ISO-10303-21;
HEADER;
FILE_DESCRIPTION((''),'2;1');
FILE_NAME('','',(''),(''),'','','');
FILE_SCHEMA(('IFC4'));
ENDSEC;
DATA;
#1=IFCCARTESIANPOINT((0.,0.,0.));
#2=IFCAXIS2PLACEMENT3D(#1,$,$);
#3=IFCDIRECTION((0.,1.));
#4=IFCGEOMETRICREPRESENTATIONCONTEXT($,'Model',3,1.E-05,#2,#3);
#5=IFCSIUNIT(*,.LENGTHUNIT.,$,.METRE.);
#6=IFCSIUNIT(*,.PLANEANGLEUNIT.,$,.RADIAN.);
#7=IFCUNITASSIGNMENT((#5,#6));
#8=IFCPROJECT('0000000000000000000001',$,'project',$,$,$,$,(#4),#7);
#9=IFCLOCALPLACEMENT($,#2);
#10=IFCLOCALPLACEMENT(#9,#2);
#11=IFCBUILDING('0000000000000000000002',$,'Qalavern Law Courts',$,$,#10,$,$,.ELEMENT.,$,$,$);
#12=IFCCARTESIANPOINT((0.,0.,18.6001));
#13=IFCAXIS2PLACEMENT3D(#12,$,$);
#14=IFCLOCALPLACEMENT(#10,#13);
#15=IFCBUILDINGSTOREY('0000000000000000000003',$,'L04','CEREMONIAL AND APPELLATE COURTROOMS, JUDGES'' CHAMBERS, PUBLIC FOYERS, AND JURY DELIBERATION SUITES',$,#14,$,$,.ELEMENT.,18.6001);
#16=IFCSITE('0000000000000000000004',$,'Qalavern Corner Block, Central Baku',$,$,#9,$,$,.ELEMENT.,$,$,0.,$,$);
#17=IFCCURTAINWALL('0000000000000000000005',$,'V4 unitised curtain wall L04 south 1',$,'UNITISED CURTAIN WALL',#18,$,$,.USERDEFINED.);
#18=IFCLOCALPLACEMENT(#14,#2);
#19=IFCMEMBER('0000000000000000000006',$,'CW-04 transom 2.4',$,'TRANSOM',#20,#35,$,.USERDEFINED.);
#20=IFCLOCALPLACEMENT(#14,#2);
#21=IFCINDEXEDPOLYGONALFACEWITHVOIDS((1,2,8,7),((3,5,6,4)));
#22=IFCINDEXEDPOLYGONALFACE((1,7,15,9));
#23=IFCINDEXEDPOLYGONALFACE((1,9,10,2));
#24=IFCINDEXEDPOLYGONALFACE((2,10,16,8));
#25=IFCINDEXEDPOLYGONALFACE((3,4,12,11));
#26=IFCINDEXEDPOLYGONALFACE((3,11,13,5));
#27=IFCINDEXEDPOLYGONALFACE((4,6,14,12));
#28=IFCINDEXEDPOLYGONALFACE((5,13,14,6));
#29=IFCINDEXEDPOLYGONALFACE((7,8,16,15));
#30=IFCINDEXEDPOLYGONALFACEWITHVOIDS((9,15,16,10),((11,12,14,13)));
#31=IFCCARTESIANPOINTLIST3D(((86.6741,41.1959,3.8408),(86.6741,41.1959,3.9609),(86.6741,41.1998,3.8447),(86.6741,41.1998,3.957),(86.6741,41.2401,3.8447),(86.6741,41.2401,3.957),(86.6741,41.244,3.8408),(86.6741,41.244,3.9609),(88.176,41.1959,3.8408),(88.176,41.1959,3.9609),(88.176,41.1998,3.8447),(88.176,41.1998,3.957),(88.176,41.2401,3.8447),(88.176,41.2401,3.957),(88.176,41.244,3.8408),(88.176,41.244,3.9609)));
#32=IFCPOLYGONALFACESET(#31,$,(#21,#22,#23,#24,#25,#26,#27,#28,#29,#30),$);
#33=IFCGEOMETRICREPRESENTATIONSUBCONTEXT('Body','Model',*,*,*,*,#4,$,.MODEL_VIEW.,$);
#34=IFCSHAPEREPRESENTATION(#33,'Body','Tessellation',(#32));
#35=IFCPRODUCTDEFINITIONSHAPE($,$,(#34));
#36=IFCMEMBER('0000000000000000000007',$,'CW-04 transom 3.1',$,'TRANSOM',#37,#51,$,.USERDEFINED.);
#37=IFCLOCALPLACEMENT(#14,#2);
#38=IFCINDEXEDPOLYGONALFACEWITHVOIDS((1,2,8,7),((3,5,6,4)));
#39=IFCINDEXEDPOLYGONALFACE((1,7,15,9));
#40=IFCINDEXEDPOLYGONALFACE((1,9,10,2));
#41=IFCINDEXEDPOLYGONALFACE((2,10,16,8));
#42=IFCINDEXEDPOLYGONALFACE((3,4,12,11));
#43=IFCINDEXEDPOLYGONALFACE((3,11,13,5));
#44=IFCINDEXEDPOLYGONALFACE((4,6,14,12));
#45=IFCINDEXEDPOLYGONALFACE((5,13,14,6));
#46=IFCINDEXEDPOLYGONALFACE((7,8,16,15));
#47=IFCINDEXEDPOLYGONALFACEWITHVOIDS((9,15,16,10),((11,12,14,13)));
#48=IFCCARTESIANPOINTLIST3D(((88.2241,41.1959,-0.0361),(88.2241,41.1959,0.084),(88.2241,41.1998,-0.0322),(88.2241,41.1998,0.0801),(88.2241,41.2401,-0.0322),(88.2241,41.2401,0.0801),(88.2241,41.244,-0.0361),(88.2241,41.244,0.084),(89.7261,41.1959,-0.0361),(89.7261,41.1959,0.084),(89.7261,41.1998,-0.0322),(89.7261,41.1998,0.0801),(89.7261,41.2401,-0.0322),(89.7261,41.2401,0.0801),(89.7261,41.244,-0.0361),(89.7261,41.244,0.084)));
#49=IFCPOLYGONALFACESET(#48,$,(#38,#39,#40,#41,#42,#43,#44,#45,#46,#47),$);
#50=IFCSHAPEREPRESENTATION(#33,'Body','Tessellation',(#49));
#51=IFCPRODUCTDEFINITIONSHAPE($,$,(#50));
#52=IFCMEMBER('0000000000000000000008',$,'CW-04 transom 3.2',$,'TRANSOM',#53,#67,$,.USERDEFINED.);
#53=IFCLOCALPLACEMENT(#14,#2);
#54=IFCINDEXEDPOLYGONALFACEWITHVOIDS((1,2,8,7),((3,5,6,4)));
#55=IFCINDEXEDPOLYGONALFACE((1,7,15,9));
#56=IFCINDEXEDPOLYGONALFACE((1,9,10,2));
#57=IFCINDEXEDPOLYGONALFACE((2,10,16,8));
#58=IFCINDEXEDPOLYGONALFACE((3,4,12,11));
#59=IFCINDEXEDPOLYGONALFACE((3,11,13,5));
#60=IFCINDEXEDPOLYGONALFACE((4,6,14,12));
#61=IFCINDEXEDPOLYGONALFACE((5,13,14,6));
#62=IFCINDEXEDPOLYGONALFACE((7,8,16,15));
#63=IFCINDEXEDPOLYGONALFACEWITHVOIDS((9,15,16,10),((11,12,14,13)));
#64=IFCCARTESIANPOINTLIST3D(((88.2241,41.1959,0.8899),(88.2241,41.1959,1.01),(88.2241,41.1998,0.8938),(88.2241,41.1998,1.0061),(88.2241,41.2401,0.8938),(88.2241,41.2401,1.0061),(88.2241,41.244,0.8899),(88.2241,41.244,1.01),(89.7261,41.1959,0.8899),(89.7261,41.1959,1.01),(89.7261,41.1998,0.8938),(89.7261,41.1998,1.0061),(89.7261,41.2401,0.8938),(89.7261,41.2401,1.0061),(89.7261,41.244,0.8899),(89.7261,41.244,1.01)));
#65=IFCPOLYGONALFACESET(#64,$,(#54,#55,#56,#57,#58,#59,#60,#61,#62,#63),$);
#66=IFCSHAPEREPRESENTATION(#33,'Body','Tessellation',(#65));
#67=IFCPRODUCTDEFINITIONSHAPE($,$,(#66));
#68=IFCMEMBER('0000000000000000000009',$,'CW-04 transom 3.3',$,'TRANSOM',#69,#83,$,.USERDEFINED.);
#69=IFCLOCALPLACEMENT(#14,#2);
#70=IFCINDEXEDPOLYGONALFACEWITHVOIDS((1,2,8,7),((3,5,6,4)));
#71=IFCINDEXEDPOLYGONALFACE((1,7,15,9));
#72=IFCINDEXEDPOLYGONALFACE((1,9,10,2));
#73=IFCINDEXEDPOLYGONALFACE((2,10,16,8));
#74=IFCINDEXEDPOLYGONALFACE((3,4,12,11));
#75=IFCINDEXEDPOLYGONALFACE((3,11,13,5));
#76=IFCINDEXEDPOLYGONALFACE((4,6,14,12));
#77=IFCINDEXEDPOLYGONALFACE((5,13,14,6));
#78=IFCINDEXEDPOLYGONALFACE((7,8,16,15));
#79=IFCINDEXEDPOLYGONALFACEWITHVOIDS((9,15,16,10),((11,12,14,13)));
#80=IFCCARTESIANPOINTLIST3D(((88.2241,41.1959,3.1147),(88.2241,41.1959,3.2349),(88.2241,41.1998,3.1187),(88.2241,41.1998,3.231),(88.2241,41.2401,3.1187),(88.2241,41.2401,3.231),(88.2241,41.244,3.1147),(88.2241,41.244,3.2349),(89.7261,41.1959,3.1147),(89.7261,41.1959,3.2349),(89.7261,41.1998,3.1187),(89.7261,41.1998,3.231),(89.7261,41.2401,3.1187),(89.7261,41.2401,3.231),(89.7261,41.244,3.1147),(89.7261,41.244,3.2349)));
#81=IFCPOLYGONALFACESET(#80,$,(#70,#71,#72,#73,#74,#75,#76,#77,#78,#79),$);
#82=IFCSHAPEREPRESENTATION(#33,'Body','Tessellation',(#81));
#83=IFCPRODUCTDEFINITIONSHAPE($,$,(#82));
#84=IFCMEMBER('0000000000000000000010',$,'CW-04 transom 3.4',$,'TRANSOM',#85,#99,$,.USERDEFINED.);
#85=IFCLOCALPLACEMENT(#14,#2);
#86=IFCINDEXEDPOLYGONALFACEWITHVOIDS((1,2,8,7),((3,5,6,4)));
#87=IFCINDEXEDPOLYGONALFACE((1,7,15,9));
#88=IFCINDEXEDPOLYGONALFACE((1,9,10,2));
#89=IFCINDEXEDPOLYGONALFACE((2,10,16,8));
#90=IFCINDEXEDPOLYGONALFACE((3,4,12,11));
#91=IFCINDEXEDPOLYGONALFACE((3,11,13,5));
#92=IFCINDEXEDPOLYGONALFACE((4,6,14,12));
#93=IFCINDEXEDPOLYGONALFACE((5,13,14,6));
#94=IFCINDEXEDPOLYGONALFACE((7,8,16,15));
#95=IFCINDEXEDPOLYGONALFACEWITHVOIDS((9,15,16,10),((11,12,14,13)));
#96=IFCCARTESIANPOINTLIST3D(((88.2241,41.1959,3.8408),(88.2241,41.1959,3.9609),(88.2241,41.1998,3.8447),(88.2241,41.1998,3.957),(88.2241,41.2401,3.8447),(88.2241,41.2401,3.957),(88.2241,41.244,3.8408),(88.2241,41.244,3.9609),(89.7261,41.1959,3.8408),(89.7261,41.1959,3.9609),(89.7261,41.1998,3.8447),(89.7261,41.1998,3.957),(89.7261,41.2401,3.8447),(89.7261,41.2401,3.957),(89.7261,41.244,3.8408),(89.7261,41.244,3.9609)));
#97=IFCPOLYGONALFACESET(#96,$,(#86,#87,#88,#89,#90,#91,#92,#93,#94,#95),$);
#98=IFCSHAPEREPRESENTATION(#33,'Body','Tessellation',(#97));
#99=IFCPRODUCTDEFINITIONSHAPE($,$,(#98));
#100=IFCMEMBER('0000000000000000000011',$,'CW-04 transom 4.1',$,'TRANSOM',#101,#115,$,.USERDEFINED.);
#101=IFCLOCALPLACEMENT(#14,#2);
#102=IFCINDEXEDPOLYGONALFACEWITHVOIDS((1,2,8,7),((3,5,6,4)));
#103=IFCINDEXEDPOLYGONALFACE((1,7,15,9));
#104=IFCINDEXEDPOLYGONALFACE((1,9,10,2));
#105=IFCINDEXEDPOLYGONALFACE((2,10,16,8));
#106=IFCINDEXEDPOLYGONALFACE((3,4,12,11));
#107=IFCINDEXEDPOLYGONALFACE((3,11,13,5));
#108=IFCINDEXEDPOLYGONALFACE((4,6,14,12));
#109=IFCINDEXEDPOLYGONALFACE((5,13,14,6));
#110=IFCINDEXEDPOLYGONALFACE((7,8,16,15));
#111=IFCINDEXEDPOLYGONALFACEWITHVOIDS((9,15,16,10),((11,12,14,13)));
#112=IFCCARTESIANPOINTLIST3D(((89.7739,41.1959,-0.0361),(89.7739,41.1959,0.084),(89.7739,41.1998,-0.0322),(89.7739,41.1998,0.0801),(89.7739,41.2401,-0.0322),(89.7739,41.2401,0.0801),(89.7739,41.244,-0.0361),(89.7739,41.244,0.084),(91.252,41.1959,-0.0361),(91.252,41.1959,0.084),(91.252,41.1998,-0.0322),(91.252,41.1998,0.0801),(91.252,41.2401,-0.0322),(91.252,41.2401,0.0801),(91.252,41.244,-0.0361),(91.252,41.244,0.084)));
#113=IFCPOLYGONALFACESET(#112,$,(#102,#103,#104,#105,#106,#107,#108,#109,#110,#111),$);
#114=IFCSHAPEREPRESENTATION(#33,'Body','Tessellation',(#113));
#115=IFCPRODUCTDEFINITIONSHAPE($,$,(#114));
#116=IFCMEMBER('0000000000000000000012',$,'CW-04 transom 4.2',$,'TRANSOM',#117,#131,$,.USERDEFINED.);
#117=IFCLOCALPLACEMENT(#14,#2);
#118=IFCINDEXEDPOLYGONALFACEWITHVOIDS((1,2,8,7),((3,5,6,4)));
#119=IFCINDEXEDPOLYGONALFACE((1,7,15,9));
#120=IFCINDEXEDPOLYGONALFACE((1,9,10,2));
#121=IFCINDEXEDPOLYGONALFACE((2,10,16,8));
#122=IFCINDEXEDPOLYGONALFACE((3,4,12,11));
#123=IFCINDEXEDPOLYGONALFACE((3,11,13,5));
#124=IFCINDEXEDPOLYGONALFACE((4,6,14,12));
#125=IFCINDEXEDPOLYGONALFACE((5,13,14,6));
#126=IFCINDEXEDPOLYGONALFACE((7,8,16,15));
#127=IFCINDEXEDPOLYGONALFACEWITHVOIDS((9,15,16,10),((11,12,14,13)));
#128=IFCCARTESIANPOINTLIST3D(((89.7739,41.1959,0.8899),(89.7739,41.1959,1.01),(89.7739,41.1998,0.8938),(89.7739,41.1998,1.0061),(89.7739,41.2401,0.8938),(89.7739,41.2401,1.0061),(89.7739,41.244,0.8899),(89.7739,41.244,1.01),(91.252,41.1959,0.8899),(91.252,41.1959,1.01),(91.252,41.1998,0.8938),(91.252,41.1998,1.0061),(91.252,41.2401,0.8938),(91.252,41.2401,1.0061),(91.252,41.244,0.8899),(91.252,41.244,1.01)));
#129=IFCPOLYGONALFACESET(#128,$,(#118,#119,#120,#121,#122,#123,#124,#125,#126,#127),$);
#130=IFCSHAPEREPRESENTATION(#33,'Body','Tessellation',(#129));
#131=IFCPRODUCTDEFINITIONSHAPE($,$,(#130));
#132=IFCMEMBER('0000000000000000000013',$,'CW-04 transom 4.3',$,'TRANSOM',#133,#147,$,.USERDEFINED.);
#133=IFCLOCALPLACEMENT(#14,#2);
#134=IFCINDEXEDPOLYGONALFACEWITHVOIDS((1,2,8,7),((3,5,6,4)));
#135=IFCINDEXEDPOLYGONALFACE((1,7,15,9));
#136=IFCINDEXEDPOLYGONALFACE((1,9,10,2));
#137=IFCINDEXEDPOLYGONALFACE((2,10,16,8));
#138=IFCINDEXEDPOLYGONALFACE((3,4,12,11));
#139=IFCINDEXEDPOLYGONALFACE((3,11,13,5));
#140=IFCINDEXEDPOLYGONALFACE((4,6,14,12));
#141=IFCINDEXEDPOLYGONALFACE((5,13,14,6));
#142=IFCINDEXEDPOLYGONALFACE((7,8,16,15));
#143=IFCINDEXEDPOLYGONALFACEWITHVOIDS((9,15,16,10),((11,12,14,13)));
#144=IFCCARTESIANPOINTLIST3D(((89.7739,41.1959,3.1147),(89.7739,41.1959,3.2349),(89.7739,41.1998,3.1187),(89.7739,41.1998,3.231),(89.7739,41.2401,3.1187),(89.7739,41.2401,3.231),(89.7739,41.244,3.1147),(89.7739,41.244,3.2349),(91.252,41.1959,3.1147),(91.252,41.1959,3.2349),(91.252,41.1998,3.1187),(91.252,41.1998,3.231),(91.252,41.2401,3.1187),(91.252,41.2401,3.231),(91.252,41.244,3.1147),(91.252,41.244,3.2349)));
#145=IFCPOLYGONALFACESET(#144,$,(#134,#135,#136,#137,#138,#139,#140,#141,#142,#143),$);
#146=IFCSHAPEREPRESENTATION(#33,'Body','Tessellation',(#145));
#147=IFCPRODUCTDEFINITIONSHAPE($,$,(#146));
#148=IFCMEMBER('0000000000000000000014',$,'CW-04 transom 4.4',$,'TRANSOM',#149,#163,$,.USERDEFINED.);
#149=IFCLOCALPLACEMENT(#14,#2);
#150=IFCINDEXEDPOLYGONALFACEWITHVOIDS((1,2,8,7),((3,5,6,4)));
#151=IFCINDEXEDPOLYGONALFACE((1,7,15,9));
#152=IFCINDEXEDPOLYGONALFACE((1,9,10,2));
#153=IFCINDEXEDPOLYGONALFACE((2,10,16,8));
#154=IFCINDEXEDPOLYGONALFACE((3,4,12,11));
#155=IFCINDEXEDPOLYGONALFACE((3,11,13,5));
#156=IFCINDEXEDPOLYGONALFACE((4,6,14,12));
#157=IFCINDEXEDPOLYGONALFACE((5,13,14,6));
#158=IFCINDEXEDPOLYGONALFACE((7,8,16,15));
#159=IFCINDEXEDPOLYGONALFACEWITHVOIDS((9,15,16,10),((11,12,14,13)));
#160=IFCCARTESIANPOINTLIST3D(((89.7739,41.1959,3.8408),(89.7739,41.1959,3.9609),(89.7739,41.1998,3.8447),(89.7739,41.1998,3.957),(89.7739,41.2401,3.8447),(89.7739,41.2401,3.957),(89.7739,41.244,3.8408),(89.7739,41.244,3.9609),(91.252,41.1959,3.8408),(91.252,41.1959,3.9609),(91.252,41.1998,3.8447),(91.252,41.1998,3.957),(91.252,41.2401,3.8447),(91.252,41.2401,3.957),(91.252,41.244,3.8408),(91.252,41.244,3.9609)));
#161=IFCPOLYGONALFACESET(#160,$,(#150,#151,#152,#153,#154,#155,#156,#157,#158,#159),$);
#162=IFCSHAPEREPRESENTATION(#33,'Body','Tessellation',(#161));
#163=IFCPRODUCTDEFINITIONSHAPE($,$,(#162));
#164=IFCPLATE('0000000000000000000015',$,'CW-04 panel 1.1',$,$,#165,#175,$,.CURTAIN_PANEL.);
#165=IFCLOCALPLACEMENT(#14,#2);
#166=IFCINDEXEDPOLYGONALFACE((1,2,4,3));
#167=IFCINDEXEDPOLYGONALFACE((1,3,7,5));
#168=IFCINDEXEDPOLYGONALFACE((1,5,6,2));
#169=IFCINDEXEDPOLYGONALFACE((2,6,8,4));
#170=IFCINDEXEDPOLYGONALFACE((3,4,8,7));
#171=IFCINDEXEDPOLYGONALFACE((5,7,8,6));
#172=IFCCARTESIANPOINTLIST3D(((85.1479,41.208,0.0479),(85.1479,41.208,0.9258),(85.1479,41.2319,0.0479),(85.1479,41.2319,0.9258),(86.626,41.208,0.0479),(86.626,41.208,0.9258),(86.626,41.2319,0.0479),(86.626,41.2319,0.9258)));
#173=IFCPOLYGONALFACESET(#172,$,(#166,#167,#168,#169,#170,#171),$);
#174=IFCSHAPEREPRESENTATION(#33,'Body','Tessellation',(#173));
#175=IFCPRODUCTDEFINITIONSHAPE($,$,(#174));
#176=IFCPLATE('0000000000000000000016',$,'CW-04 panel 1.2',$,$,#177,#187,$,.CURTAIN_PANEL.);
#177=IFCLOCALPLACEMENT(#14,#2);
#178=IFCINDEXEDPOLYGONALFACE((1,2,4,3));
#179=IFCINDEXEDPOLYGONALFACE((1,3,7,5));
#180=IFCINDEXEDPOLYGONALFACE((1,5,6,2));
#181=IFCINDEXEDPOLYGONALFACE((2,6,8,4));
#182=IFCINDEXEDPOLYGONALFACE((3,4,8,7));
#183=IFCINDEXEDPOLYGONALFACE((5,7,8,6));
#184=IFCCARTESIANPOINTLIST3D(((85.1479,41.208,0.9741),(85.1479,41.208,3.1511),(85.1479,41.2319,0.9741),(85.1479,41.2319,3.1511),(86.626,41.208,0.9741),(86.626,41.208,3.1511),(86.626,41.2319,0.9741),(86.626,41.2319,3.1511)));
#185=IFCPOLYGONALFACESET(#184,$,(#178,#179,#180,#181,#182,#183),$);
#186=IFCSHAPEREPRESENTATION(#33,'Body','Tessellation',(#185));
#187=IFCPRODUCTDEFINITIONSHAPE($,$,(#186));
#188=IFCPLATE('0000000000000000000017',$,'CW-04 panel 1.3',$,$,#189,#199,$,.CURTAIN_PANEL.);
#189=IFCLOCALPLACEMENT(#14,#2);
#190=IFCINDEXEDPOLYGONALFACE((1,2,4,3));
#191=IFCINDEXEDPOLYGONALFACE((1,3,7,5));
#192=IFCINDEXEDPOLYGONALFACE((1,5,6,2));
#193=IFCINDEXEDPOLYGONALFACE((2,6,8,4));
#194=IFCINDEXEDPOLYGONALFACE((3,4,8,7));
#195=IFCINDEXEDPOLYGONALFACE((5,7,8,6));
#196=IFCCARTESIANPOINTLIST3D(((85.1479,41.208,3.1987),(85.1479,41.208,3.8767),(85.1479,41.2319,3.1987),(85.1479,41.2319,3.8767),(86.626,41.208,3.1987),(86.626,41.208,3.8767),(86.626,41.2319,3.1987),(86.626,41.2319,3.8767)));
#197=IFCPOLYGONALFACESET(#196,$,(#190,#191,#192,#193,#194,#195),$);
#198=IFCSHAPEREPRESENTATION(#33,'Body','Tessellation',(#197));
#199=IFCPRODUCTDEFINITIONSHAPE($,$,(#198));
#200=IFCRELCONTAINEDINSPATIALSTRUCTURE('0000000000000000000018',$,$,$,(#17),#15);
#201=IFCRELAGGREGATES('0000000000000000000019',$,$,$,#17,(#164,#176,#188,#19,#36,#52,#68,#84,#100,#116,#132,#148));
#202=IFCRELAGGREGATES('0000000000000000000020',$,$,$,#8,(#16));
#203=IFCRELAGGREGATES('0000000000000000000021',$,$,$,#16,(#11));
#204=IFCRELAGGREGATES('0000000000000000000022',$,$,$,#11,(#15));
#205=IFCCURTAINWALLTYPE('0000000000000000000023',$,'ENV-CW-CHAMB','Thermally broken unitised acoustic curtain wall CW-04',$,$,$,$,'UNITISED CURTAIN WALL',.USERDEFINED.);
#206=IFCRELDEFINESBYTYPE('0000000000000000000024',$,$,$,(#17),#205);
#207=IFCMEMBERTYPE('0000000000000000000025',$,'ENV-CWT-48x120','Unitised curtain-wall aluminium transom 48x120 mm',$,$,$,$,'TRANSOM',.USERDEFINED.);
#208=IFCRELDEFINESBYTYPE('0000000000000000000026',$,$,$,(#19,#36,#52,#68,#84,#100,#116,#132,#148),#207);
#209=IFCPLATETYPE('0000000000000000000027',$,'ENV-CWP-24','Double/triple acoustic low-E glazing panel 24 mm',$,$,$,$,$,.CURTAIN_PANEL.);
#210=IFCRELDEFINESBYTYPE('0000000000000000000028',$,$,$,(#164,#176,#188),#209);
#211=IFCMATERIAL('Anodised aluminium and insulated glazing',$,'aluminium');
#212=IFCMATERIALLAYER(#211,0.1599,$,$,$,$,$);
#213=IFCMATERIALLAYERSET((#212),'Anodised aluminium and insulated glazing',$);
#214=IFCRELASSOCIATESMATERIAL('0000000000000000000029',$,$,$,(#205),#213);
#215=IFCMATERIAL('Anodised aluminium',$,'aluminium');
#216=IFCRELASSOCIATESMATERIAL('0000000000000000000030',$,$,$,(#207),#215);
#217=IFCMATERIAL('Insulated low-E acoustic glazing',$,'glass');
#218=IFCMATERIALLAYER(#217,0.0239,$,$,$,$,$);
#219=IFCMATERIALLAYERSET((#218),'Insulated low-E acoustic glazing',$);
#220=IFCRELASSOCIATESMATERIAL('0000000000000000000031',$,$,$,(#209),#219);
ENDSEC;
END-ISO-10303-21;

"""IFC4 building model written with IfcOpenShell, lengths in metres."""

from ifc_helpers import new_model, si_unit, direction, frame, origin, origin_2d, place, context, subcontext, project, spatial, rectangle, hollow_rectangle, extrude, material, layer, layer_set, material_profile, profile_set, type_object, element, aggregate, save


model = new_model("IFC4")

# Units and contexts
model_context = context("Model", 3, precision=1e-05, world=origin(), true_north=direction((0.0, 1.0)))
body_context = subcontext(model_context, "Body", "Model", "MODEL_VIEW")
ifc_project = project(units=[si_unit("LENGTHUNIT", "METRE"), si_unit("PLANEANGLEUNIT", "RADIAN")], contexts=[model_context])

# Site, building, storey
site_placement = place(None, origin())
site = spatial("IfcSite", under=ifc_project, at=site_placement, Name="Qalavern Corner Block, Central Baku", CompositionType="ELEMENT", RefElevation=0.0)
building_placement = place(site_placement, origin())
building = spatial("IfcBuilding", under=site, at=building_placement, Name="Qalavern Law Courts", CompositionType="ELEMENT")
storey_placement = place(building_placement, frame((0.0, 0.0, 18.6001)))
storey = spatial("IfcBuildingStorey", under=building, at=storey_placement, Name="L04", Description="CEREMONIAL AND APPELLATE COURTROOMS, JUDGES' CHAMBERS, PUBLIC FOYERS, AND JURY DELIBERATION SUITES", CompositionType="ELEMENT", Elevation=18.6001)

# Curtain wall, members, plates
ifc_material_1 = material(Name="Anodised aluminium and insulated glazing", Category="aluminium")
ifc_layer_1 = layer(ifc_material_1, 0.1599)
ifc_layer_set_1 = layer_set([ifc_layer_1], Name="Anodised aluminium and insulated glazing")
curtain_wall_type = type_object("IfcCurtainWallType", Name="ENV-CW-CHAMB", Description="Thermally broken unitised acoustic curtain wall CW-04", ElementType="UNITISED CURTAIN WALL", PredefinedType="USERDEFINED", material=ifc_layer_set_1)
curtain_wall_placement = place(storey_placement, origin())
curtain_wall = element("IfcCurtainWall", 1, at=curtain_wall_placement, inside=storey, type_object=curtain_wall_type, Name="V4 unitised curtain wall L04 south 1", ObjectType="UNITISED CURTAIN WALL", PredefinedType="USERDEFINED")
ifc_material_2 = material(Name="Anodised aluminium", Category="aluminium")
ifc_material_profile_1 = material_profile(ifc_material_2, hollow_rectangle(XDim=0.0481, YDim=0.1201, WallThickness=0.0039, at=origin_2d()), Name="ALU TRANSOM 48x120")
ifc_profile_set_1 = profile_set([ifc_material_profile_1], Name="Anodised aluminium")
member_type_1 = type_object("IfcMemberType", Name="ENV-CWT-48x120", Description="Unitised curtain-wall aluminium transom 48x120 mm", ElementType="TRANSOM", PredefinedType="USERDEFINED", material=ifc_profile_set_1)
member_1_placement = place(storey_placement, frame((86.6741, 41.22, 3.9009), z_axis=(1.0, 0.0, 0.0), x_axis=(0.0, 1.0, 0.0)))
member_1 = element("IfcMember", 2, at=member_1_placement, type_object=member_type_1, Name="CW-04 transom 2.4", ObjectType="TRANSOM", PredefinedType="USERDEFINED", context=body_context, shape_type="SweptSolid", body=[
    extrude(hollow_rectangle(XDim=0.0481, YDim=0.1201, WallThickness=0.0039, at=origin_2d()), origin(), (0.0, 0.0, 1.0), 1.502),
])
member_2_placement = place(storey_placement, frame((88.2241, 41.22, 0.0239), z_axis=(1.0, 0.0, 0.0), x_axis=(0.0, 1.0, 0.0)))
member_2 = element("IfcMember", 3, at=member_2_placement, type_object=member_type_1, Name="CW-04 transom 3.1", ObjectType="TRANSOM", PredefinedType="USERDEFINED", context=body_context, shape_type="SweptSolid", body=[
    extrude(hollow_rectangle(XDim=0.0481, YDim=0.1201, WallThickness=0.0039, at=origin_2d()), origin(), (0.0, 0.0, 1.0), 1.502),
])
member_3_placement = place(storey_placement, frame((88.2241, 41.22, 0.95), z_axis=(1.0, 0.0, 0.0), x_axis=(0.0, 1.0, 0.0)))
member_3 = element("IfcMember", 4, at=member_3_placement, type_object=member_type_1, Name="CW-04 transom 3.2", ObjectType="TRANSOM", PredefinedType="USERDEFINED", context=body_context, shape_type="SweptSolid", body=[
    extrude(hollow_rectangle(XDim=0.0481, YDim=0.1201, WallThickness=0.0039, at=origin_2d()), origin(), (0.0, 0.0, 1.0), 1.502),
])
member_4_placement = place(storey_placement, frame((88.2241, 41.22, 3.1748), z_axis=(1.0, 0.0, 0.0), x_axis=(0.0, 1.0, 0.0)))
member_4 = element("IfcMember", 5, at=member_4_placement, type_object=member_type_1, Name="CW-04 transom 3.3", ObjectType="TRANSOM", PredefinedType="USERDEFINED", context=body_context, shape_type="SweptSolid", body=[
    extrude(hollow_rectangle(XDim=0.0481, YDim=0.1201, WallThickness=0.0039, at=origin_2d()), origin(), (0.0, 0.0, 1.0), 1.502),
])
member_5_placement = place(storey_placement, frame((88.2241, 41.22, 3.9009), z_axis=(1.0, 0.0, 0.0), x_axis=(0.0, 1.0, 0.0)))
member_5 = element("IfcMember", 6, at=member_5_placement, type_object=member_type_1, Name="CW-04 transom 3.4", ObjectType="TRANSOM", PredefinedType="USERDEFINED", context=body_context, shape_type="SweptSolid", body=[
    extrude(hollow_rectangle(XDim=0.0481, YDim=0.1201, WallThickness=0.0039, at=origin_2d()), origin(), (0.0, 0.0, 1.0), 1.502),
])
member_6_placement = place(storey_placement, frame((89.7739, 41.22, 0.0239), z_axis=(1.0, 0.0, 0.0), x_axis=(0.0, 1.0, 0.0)))
member_6 = element("IfcMember", 7, at=member_6_placement, type_object=member_type_1, Name="CW-04 transom 4.1", ObjectType="TRANSOM", PredefinedType="USERDEFINED", context=body_context, shape_type="SweptSolid", body=[
    extrude(hollow_rectangle(XDim=0.0481, YDim=0.1201, WallThickness=0.0039, at=origin_2d()), origin(), (0.0, 0.0, 1.0), 1.478),
])
member_7_placement = place(storey_placement, frame((89.7739, 41.22, 0.95), z_axis=(1.0, 0.0, 0.0), x_axis=(0.0, 1.0, 0.0)))
member_7 = element("IfcMember", 8, at=member_7_placement, type_object=member_type_1, Name="CW-04 transom 4.2", ObjectType="TRANSOM", PredefinedType="USERDEFINED", context=body_context, shape_type="SweptSolid", body=[
    extrude(hollow_rectangle(XDim=0.0481, YDim=0.1201, WallThickness=0.0039, at=origin_2d()), origin(), (0.0, 0.0, 1.0), 1.478),
])
member_8_placement = place(storey_placement, frame((89.7739, 41.22, 3.1748), z_axis=(1.0, 0.0, 0.0), x_axis=(0.0, 1.0, 0.0)))
member_8 = element("IfcMember", 9, at=member_8_placement, type_object=member_type_1, Name="CW-04 transom 4.3", ObjectType="TRANSOM", PredefinedType="USERDEFINED", context=body_context, shape_type="SweptSolid", body=[
    extrude(hollow_rectangle(XDim=0.0481, YDim=0.1201, WallThickness=0.0039, at=origin_2d()), origin(), (0.0, 0.0, 1.0), 1.478),
])
member_9_placement = place(storey_placement, frame((89.7739, 41.22, 3.9009), z_axis=(1.0, 0.0, 0.0), x_axis=(0.0, 1.0, 0.0)))
member_9 = element("IfcMember", 10, at=member_9_placement, type_object=member_type_1, Name="CW-04 transom 4.4", ObjectType="TRANSOM", PredefinedType="USERDEFINED", context=body_context, shape_type="SweptSolid", body=[
    extrude(hollow_rectangle(XDim=0.0481, YDim=0.1201, WallThickness=0.0039, at=origin_2d()), origin(), (0.0, 0.0, 1.0), 1.478),
])
ifc_material_3 = material(Name="Insulated low-E acoustic glazing", Category="glass")
ifc_layer_2 = layer(ifc_material_3, 0.0239)
ifc_layer_set_2 = layer_set([ifc_layer_2], Name="Insulated low-E acoustic glazing")
plate_type = type_object("IfcPlateType", Name="ENV-CWP-24", Description="Double/triple acoustic low-E glazing panel 24 mm", PredefinedType="CURTAIN_PANEL", material=ifc_layer_set_2)
plate_1_placement = place(storey_placement, frame((85.887, 41.22, 0.0479), z_axis=(0.0, 0.0, 1.0), x_axis=(1.0, 0.0, 0.0)))
plate_1 = element("IfcPlate", 11, at=plate_1_placement, type_object=plate_type, Name="CW-04 panel 1.1", PredefinedType="CURTAIN_PANEL", context=body_context, shape_type="SweptSolid", body=[
    extrude(rectangle(XDim=1.478, YDim=0.0239, at=origin_2d()), origin(), (0.0, 0.0, 1.0), 0.8779),
])
plate_2_placement = place(storey_placement, frame((85.887, 41.22, 0.9741), z_axis=(0.0, 0.0, 1.0), x_axis=(1.0, 0.0, 0.0)))
plate_2 = element("IfcPlate", 12, at=plate_2_placement, type_object=plate_type, Name="CW-04 panel 1.2", PredefinedType="CURTAIN_PANEL", context=body_context, shape_type="SweptSolid", body=[
    extrude(rectangle(XDim=1.478, YDim=0.0239, at=origin_2d()), origin(), (0.0, 0.0, 1.0), 2.177),
])
plate_3_placement = place(storey_placement, frame((85.887, 41.22, 3.1987), z_axis=(0.0, 0.0, 1.0), x_axis=(1.0, 0.0, 0.0)))
plate_3 = element("IfcPlate", 13, at=plate_3_placement, type_object=plate_type, Name="CW-04 panel 1.3", PredefinedType="CURTAIN_PANEL", context=body_context, shape_type="SweptSolid", body=[
    extrude(rectangle(XDim=1.478, YDim=0.0239, at=origin_2d()), origin(), (0.0, 0.0, 1.0), 0.678),
])
aggregate(curtain_wall, [plate_1, plate_2, plate_3, member_1, member_2, member_3, member_4, member_5, member_6, member_7, member_8, member_9])

save(model, "model.ifc")
